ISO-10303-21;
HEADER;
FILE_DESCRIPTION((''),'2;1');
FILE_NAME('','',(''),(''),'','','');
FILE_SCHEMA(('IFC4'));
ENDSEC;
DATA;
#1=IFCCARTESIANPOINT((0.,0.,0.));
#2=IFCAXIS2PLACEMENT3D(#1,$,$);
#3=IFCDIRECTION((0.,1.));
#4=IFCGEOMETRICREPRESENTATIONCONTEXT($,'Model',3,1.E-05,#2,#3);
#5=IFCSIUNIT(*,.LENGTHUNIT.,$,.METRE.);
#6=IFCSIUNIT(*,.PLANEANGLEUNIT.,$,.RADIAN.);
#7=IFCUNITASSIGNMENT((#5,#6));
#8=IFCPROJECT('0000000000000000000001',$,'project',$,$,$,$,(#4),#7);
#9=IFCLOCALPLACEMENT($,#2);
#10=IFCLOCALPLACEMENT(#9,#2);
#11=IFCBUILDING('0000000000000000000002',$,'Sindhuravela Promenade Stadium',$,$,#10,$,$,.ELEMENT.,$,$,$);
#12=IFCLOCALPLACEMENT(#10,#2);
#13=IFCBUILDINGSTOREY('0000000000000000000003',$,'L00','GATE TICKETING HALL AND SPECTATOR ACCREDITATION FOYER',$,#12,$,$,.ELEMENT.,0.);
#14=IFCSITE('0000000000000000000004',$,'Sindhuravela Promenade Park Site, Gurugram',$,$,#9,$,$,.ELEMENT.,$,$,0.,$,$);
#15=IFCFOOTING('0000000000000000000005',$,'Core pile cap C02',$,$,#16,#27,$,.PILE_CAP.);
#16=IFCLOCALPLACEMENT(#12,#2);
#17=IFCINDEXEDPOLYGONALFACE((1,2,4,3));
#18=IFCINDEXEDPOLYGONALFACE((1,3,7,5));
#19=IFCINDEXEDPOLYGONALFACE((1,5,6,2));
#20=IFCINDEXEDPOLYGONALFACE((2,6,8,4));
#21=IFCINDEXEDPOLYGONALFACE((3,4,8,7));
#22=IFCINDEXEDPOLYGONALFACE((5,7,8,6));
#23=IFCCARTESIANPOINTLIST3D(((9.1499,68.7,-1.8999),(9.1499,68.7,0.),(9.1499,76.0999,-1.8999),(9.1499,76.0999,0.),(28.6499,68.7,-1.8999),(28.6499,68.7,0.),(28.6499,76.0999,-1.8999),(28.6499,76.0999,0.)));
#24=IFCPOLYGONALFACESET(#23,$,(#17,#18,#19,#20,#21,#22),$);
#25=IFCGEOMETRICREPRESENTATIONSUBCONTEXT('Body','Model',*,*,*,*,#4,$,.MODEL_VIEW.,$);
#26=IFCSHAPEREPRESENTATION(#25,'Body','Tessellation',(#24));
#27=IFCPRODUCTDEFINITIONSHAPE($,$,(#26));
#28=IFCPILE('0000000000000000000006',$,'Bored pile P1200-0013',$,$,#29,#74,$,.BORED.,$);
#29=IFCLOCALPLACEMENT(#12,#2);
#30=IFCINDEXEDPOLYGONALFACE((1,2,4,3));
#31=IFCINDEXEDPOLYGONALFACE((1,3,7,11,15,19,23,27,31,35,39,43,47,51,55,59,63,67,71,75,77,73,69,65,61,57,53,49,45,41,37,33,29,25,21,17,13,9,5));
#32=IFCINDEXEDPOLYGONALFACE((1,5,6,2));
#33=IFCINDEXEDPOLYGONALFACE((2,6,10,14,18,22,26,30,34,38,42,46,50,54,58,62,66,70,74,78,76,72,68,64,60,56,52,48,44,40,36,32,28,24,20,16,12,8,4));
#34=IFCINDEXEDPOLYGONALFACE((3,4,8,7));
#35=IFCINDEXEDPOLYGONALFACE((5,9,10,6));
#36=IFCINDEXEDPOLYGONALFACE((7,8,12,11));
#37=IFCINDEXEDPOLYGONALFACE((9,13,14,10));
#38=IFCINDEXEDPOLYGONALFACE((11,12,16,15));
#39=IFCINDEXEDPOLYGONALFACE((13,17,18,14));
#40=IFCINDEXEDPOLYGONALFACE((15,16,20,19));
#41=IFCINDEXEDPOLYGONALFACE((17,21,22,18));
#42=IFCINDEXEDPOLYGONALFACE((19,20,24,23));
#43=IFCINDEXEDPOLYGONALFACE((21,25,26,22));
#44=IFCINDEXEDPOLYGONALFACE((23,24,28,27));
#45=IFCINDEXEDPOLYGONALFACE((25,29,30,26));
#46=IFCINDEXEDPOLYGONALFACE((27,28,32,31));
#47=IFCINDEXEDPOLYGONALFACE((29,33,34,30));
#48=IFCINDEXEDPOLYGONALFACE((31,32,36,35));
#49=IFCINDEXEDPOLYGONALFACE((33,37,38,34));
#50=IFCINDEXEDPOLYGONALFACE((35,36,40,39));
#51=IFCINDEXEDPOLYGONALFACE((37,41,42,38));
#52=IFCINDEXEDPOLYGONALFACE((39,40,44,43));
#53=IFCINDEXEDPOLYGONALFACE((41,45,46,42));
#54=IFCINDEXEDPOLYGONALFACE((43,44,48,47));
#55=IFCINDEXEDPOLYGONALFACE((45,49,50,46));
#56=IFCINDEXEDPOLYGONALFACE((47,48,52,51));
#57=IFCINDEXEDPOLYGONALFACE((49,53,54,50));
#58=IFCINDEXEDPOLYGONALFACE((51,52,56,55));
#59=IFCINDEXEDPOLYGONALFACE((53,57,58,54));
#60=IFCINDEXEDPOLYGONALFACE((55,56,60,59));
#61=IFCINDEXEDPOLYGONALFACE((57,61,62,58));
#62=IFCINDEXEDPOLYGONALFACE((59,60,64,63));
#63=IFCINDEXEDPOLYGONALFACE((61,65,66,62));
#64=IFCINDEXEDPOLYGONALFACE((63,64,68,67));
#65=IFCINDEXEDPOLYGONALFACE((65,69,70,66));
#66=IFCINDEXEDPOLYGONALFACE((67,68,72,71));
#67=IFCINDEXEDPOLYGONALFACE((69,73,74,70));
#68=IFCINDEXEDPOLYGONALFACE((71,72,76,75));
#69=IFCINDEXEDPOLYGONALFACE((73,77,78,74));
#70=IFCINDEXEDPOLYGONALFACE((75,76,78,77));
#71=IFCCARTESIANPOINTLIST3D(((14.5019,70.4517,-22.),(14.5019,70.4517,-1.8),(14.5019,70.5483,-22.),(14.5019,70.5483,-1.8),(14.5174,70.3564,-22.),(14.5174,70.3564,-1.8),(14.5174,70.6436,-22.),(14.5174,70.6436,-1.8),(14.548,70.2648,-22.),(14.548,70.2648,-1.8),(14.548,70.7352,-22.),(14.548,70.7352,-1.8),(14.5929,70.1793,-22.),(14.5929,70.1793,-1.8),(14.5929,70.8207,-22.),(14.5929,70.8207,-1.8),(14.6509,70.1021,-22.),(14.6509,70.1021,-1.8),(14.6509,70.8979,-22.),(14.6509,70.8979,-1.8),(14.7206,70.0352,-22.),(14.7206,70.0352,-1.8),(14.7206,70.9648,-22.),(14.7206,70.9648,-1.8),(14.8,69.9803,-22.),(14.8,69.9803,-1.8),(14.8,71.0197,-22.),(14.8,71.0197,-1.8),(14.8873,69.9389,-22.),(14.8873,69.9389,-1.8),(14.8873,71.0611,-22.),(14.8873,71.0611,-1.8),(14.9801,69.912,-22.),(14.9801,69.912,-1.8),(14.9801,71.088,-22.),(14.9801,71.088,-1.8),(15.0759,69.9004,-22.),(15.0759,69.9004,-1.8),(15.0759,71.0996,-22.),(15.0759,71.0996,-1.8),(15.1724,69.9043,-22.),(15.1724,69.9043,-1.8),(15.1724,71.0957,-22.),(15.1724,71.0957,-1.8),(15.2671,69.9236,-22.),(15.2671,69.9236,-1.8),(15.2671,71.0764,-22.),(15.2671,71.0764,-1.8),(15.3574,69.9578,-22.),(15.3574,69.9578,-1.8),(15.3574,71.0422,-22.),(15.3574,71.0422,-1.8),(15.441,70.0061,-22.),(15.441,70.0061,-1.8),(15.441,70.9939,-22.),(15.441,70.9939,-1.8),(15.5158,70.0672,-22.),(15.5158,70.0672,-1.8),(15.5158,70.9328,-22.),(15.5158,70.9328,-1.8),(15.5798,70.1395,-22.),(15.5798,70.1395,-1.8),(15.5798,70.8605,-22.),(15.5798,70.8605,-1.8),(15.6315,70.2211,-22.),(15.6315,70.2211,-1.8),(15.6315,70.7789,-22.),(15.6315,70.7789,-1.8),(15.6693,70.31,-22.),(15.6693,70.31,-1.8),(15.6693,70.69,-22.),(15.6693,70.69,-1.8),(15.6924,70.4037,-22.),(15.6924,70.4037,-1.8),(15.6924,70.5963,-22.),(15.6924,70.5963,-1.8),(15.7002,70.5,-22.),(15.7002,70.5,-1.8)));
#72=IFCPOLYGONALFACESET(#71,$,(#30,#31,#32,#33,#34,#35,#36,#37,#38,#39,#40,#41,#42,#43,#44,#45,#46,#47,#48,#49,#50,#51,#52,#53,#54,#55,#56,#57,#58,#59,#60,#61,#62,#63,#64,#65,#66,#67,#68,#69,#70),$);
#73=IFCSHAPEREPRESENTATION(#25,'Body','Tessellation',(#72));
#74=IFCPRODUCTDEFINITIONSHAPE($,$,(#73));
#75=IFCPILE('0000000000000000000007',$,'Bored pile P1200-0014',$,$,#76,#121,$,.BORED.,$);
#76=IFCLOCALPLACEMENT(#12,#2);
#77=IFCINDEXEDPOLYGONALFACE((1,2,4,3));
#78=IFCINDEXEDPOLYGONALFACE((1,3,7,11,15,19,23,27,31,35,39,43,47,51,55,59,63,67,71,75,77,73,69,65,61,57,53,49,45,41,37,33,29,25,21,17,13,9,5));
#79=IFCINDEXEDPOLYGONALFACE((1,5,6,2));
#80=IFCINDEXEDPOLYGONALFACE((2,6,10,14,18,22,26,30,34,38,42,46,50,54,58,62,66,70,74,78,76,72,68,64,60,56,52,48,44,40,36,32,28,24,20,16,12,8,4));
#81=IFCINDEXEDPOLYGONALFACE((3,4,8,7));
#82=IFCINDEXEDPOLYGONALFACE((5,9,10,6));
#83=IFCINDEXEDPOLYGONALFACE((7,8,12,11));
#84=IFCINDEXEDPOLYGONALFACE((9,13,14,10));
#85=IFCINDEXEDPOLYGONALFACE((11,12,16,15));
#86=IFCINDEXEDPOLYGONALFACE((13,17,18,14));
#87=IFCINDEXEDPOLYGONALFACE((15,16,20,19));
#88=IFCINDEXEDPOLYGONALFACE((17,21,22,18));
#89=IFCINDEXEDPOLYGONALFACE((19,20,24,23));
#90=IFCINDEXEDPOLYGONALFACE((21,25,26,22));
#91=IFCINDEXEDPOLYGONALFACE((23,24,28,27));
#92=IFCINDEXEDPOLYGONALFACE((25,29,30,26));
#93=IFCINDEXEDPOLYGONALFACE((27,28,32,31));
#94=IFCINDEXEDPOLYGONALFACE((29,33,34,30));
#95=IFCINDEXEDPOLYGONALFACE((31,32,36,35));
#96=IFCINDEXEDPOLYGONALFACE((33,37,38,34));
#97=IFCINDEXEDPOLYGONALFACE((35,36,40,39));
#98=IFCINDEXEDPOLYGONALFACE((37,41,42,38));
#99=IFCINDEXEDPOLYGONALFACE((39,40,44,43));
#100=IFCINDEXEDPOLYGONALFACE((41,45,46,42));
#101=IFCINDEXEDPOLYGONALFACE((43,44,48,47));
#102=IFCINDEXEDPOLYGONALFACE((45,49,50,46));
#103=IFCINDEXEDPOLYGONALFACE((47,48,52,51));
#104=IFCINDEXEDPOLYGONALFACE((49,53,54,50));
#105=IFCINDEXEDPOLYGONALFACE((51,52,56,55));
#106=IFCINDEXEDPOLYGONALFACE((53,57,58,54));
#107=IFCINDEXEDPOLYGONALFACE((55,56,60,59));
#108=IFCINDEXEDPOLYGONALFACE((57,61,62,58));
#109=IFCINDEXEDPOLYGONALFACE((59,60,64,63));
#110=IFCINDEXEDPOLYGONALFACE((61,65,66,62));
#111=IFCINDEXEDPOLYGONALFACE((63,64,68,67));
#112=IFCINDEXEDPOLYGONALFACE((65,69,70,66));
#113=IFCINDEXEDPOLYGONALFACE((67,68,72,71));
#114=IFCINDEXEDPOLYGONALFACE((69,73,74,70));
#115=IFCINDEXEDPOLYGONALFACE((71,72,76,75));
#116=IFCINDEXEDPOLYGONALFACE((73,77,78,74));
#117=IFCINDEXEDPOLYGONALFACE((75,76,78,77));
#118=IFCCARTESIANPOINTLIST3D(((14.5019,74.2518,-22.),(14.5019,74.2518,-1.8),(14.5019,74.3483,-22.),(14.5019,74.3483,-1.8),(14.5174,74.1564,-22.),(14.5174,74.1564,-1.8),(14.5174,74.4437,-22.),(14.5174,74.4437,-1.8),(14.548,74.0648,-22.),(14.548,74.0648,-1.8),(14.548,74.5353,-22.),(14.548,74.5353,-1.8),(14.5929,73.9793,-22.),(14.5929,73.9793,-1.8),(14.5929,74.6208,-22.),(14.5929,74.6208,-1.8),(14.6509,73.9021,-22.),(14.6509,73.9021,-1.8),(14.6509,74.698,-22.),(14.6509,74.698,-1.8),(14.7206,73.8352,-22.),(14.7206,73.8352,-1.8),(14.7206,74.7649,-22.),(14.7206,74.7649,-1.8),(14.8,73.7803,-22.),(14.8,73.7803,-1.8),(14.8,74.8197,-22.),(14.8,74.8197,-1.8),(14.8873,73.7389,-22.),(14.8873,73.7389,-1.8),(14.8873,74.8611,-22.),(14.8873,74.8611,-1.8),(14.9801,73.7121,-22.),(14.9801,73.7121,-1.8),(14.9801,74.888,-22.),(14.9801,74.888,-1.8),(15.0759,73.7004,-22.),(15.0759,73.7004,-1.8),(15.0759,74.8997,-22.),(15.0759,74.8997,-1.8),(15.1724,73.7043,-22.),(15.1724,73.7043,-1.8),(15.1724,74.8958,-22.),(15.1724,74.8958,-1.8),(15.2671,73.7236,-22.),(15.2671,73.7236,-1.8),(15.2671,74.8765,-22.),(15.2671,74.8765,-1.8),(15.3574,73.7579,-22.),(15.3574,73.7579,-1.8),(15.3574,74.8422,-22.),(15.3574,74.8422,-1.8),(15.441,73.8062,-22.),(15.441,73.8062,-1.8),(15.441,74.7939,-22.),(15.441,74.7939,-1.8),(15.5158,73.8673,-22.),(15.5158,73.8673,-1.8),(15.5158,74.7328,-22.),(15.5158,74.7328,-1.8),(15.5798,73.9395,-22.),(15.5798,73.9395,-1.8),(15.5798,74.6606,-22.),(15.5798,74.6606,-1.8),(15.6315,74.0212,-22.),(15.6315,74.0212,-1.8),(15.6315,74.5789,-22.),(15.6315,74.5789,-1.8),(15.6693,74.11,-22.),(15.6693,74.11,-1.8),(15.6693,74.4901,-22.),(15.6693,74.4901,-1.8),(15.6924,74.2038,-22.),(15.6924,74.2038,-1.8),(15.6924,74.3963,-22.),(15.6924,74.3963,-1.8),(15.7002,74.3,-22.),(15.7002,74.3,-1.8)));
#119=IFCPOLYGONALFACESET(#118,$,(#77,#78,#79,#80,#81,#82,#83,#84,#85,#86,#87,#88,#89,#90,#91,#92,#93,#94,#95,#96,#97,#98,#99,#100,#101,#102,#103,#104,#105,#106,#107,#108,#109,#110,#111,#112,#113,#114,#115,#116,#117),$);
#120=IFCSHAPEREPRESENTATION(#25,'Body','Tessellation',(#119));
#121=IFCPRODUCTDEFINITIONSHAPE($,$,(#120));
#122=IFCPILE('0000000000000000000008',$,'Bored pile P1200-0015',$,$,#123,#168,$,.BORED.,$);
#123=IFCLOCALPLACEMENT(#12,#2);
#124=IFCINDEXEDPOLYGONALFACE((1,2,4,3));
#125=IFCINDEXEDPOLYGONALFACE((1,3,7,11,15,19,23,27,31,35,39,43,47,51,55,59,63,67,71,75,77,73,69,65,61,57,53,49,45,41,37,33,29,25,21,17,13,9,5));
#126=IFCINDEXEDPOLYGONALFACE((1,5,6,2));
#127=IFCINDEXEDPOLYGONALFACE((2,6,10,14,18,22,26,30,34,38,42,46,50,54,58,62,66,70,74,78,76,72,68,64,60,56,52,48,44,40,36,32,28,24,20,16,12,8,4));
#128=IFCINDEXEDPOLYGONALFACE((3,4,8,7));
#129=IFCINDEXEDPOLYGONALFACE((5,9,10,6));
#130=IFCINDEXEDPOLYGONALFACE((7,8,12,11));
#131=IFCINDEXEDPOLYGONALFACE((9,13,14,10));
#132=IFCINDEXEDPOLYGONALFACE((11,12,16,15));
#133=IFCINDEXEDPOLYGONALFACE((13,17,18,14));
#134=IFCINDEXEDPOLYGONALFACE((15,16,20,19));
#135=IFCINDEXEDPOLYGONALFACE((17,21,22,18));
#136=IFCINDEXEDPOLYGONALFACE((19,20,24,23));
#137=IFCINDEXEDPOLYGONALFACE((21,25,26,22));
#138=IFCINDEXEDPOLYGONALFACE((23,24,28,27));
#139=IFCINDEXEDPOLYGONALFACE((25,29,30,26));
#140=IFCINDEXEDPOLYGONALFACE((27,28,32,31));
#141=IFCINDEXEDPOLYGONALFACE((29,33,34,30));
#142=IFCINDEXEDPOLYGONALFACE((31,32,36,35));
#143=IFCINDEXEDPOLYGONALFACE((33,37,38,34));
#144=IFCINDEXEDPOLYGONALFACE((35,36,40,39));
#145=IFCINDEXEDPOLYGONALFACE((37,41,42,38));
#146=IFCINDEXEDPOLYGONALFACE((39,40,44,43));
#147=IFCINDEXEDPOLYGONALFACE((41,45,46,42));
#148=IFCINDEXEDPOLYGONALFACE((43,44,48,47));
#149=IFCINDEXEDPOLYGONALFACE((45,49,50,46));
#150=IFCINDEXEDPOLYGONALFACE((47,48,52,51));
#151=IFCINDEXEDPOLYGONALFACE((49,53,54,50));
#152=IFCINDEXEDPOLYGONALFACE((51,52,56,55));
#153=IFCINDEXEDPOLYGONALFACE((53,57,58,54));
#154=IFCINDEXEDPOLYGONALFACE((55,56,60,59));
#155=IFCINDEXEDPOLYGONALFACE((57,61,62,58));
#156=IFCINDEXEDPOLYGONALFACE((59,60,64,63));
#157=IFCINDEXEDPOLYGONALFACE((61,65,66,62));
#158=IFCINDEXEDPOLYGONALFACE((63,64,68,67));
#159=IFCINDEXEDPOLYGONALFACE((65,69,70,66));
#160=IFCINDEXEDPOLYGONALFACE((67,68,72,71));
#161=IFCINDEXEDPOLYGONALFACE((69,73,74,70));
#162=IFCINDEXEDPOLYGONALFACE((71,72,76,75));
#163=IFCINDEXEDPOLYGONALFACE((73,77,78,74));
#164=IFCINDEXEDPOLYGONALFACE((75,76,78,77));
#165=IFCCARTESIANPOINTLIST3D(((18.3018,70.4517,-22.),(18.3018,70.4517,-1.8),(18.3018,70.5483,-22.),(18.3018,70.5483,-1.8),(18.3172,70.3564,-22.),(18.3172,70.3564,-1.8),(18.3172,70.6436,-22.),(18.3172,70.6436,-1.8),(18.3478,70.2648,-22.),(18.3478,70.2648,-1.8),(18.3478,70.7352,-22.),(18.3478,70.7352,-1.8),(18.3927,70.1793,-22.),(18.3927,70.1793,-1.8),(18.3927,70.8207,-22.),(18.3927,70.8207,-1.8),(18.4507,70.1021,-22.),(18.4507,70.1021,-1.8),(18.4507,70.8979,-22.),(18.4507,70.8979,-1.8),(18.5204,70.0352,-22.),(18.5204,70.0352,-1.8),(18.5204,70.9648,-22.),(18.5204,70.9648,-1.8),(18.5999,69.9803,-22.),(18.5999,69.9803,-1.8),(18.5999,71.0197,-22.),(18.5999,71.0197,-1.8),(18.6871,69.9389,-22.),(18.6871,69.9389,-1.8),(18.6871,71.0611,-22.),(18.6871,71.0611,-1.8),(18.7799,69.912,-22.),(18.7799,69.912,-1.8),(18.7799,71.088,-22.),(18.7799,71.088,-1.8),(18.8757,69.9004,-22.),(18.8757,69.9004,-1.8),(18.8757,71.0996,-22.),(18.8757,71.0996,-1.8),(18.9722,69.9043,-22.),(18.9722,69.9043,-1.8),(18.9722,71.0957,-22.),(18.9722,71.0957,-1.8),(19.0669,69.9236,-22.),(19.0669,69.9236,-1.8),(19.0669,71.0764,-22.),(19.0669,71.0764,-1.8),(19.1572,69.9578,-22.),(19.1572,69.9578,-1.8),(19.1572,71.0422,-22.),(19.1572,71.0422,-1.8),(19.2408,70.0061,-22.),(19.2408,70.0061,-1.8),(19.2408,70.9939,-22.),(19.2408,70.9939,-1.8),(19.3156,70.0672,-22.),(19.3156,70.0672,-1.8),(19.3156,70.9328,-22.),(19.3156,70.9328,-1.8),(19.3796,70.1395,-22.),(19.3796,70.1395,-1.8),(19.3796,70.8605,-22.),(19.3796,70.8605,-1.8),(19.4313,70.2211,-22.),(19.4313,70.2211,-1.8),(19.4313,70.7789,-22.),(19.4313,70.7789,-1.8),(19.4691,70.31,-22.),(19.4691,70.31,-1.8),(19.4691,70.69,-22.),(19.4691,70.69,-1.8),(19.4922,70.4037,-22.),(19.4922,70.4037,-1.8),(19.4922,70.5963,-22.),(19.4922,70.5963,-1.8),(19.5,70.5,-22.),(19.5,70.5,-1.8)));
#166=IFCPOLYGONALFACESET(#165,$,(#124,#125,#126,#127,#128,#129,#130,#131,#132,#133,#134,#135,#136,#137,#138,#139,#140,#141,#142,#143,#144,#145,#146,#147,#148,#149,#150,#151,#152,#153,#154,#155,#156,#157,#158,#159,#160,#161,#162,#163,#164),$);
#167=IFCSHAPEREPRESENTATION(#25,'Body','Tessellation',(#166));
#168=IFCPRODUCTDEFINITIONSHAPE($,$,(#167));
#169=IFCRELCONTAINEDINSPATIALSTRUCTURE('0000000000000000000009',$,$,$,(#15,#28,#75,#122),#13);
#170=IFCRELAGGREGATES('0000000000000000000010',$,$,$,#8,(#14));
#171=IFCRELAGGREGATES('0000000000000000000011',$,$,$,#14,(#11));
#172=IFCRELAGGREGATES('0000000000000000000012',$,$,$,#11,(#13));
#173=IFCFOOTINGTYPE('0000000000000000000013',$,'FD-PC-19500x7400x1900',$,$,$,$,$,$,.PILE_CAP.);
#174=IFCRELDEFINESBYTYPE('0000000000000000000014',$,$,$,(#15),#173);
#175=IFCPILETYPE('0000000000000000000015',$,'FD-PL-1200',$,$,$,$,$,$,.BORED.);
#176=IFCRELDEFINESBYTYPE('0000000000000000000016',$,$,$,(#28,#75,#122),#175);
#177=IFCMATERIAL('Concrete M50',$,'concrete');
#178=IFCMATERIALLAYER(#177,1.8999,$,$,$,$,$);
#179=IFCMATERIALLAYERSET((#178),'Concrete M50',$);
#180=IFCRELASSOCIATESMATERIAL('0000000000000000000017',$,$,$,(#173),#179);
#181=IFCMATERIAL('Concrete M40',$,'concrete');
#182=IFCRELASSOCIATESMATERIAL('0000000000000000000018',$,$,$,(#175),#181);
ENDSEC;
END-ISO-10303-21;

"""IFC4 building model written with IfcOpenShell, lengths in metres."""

from ifc_helpers import new_model, si_unit, direction, frame, origin, origin_2d, place, context, subcontext, project, spatial, rectangle, circle, extrude, material, layer, layer_set, material_profile, profile_set, type_object, element, save


model = new_model("IFC4")

# Units and contexts
model_context = context("Model", 3, precision=1e-05, world=origin(), true_north=direction((0.0, 1.0)))
body_context = subcontext(model_context, "Body", "Model", "MODEL_VIEW")
ifc_project = project(units=[si_unit("LENGTHUNIT", "METRE"), si_unit("PLANEANGLEUNIT", "RADIAN")], contexts=[model_context])

# Site, building, storey
site_placement = place(None, origin())
site = spatial("IfcSite", under=ifc_project, at=site_placement, Name="Sindhuravela Promenade Park Site, Gurugram", CompositionType="ELEMENT", RefElevation=0.0)
building_placement = place(site_placement, origin())
building = spatial("IfcBuilding", under=site, at=building_placement, Name="Sindhuravela Promenade Stadium", CompositionType="ELEMENT")
storey_placement = place(building_placement, origin())
storey = spatial("IfcBuildingStorey", under=building, at=storey_placement, Name="L00", Description="GATE TICKETING HALL AND SPECTATOR ACCREDITATION FOYER", CompositionType="ELEMENT", Elevation=0.0)

# Footing
ifc_material_1 = material(Name="Concrete M50", Category="concrete")
ifc_layer_1 = layer(ifc_material_1, 1.8999)
ifc_layer_set_1 = layer_set([ifc_layer_1], Name="Concrete M50")
footing_type = type_object("IfcFootingType", Name="FD-PC-19500x7400x1900", PredefinedType="PILE_CAP", material=ifc_layer_set_1)
footing_placement = place(storey_placement, frame((18.8999, 72.3999, -1.8999), z_axis=(0.0, 0.0, 1.0), x_axis=(1.0, 0.0, 0.0)))
element("IfcFooting", 1, at=footing_placement, inside=storey, type_object=footing_type, Name="Core pile cap C02", PredefinedType="PILE_CAP", context=body_context, shape_type="SweptSolid", body=[
    extrude(rectangle(XDim=19.5, YDim=7.3999, at=origin_2d()), origin(), (0.0, 0.0, 1.0), 1.8999),
])

# Piles
ifc_material_2 = material(Name="Concrete M40", Category="concrete")
ifc_material_profile = material_profile(ifc_material_2, circle(Radius=0.6001, at=origin_2d()), Name="BORED PILE D1200")
ifc_profile_set = profile_set([ifc_material_profile], Name="Concrete M40")
pile_type = type_object("IfcPileType", Name="FD-PL-1200", PredefinedType="BORED", material=ifc_profile_set)
for number, where, z_axis, x_axis, name in (
    (2, (15.1001, 70.5, -1.8), (0.0, 0.0, -1.0), (1.0, 0.0, 0.0), "Bored pile P1200-0013"),
    (3, (15.1001, 74.3, -1.8), (0.0, 0.0, -1.0), (1.0, 0.0, 0.0), "Bored pile P1200-0014"),
    (4, (18.8999, 70.5, -1.8), (0.0, 0.0, -1.0), (1.0, 0.0, 0.0), "Bored pile P1200-0015"),
):
    element("IfcPile", number, at=place(storey_placement, frame(where, z_axis=z_axis, x_axis=x_axis)), inside=storey, type_object=pile_type, Name=name, PredefinedType="BORED", context=body_context, shape_type="SweptSolid", body=[
        extrude(circle(Radius=0.6001, at=origin_2d()), origin(), (0.0, 0.0, 1.0), 20.2),
    ])

save(model, "model.ifc")
